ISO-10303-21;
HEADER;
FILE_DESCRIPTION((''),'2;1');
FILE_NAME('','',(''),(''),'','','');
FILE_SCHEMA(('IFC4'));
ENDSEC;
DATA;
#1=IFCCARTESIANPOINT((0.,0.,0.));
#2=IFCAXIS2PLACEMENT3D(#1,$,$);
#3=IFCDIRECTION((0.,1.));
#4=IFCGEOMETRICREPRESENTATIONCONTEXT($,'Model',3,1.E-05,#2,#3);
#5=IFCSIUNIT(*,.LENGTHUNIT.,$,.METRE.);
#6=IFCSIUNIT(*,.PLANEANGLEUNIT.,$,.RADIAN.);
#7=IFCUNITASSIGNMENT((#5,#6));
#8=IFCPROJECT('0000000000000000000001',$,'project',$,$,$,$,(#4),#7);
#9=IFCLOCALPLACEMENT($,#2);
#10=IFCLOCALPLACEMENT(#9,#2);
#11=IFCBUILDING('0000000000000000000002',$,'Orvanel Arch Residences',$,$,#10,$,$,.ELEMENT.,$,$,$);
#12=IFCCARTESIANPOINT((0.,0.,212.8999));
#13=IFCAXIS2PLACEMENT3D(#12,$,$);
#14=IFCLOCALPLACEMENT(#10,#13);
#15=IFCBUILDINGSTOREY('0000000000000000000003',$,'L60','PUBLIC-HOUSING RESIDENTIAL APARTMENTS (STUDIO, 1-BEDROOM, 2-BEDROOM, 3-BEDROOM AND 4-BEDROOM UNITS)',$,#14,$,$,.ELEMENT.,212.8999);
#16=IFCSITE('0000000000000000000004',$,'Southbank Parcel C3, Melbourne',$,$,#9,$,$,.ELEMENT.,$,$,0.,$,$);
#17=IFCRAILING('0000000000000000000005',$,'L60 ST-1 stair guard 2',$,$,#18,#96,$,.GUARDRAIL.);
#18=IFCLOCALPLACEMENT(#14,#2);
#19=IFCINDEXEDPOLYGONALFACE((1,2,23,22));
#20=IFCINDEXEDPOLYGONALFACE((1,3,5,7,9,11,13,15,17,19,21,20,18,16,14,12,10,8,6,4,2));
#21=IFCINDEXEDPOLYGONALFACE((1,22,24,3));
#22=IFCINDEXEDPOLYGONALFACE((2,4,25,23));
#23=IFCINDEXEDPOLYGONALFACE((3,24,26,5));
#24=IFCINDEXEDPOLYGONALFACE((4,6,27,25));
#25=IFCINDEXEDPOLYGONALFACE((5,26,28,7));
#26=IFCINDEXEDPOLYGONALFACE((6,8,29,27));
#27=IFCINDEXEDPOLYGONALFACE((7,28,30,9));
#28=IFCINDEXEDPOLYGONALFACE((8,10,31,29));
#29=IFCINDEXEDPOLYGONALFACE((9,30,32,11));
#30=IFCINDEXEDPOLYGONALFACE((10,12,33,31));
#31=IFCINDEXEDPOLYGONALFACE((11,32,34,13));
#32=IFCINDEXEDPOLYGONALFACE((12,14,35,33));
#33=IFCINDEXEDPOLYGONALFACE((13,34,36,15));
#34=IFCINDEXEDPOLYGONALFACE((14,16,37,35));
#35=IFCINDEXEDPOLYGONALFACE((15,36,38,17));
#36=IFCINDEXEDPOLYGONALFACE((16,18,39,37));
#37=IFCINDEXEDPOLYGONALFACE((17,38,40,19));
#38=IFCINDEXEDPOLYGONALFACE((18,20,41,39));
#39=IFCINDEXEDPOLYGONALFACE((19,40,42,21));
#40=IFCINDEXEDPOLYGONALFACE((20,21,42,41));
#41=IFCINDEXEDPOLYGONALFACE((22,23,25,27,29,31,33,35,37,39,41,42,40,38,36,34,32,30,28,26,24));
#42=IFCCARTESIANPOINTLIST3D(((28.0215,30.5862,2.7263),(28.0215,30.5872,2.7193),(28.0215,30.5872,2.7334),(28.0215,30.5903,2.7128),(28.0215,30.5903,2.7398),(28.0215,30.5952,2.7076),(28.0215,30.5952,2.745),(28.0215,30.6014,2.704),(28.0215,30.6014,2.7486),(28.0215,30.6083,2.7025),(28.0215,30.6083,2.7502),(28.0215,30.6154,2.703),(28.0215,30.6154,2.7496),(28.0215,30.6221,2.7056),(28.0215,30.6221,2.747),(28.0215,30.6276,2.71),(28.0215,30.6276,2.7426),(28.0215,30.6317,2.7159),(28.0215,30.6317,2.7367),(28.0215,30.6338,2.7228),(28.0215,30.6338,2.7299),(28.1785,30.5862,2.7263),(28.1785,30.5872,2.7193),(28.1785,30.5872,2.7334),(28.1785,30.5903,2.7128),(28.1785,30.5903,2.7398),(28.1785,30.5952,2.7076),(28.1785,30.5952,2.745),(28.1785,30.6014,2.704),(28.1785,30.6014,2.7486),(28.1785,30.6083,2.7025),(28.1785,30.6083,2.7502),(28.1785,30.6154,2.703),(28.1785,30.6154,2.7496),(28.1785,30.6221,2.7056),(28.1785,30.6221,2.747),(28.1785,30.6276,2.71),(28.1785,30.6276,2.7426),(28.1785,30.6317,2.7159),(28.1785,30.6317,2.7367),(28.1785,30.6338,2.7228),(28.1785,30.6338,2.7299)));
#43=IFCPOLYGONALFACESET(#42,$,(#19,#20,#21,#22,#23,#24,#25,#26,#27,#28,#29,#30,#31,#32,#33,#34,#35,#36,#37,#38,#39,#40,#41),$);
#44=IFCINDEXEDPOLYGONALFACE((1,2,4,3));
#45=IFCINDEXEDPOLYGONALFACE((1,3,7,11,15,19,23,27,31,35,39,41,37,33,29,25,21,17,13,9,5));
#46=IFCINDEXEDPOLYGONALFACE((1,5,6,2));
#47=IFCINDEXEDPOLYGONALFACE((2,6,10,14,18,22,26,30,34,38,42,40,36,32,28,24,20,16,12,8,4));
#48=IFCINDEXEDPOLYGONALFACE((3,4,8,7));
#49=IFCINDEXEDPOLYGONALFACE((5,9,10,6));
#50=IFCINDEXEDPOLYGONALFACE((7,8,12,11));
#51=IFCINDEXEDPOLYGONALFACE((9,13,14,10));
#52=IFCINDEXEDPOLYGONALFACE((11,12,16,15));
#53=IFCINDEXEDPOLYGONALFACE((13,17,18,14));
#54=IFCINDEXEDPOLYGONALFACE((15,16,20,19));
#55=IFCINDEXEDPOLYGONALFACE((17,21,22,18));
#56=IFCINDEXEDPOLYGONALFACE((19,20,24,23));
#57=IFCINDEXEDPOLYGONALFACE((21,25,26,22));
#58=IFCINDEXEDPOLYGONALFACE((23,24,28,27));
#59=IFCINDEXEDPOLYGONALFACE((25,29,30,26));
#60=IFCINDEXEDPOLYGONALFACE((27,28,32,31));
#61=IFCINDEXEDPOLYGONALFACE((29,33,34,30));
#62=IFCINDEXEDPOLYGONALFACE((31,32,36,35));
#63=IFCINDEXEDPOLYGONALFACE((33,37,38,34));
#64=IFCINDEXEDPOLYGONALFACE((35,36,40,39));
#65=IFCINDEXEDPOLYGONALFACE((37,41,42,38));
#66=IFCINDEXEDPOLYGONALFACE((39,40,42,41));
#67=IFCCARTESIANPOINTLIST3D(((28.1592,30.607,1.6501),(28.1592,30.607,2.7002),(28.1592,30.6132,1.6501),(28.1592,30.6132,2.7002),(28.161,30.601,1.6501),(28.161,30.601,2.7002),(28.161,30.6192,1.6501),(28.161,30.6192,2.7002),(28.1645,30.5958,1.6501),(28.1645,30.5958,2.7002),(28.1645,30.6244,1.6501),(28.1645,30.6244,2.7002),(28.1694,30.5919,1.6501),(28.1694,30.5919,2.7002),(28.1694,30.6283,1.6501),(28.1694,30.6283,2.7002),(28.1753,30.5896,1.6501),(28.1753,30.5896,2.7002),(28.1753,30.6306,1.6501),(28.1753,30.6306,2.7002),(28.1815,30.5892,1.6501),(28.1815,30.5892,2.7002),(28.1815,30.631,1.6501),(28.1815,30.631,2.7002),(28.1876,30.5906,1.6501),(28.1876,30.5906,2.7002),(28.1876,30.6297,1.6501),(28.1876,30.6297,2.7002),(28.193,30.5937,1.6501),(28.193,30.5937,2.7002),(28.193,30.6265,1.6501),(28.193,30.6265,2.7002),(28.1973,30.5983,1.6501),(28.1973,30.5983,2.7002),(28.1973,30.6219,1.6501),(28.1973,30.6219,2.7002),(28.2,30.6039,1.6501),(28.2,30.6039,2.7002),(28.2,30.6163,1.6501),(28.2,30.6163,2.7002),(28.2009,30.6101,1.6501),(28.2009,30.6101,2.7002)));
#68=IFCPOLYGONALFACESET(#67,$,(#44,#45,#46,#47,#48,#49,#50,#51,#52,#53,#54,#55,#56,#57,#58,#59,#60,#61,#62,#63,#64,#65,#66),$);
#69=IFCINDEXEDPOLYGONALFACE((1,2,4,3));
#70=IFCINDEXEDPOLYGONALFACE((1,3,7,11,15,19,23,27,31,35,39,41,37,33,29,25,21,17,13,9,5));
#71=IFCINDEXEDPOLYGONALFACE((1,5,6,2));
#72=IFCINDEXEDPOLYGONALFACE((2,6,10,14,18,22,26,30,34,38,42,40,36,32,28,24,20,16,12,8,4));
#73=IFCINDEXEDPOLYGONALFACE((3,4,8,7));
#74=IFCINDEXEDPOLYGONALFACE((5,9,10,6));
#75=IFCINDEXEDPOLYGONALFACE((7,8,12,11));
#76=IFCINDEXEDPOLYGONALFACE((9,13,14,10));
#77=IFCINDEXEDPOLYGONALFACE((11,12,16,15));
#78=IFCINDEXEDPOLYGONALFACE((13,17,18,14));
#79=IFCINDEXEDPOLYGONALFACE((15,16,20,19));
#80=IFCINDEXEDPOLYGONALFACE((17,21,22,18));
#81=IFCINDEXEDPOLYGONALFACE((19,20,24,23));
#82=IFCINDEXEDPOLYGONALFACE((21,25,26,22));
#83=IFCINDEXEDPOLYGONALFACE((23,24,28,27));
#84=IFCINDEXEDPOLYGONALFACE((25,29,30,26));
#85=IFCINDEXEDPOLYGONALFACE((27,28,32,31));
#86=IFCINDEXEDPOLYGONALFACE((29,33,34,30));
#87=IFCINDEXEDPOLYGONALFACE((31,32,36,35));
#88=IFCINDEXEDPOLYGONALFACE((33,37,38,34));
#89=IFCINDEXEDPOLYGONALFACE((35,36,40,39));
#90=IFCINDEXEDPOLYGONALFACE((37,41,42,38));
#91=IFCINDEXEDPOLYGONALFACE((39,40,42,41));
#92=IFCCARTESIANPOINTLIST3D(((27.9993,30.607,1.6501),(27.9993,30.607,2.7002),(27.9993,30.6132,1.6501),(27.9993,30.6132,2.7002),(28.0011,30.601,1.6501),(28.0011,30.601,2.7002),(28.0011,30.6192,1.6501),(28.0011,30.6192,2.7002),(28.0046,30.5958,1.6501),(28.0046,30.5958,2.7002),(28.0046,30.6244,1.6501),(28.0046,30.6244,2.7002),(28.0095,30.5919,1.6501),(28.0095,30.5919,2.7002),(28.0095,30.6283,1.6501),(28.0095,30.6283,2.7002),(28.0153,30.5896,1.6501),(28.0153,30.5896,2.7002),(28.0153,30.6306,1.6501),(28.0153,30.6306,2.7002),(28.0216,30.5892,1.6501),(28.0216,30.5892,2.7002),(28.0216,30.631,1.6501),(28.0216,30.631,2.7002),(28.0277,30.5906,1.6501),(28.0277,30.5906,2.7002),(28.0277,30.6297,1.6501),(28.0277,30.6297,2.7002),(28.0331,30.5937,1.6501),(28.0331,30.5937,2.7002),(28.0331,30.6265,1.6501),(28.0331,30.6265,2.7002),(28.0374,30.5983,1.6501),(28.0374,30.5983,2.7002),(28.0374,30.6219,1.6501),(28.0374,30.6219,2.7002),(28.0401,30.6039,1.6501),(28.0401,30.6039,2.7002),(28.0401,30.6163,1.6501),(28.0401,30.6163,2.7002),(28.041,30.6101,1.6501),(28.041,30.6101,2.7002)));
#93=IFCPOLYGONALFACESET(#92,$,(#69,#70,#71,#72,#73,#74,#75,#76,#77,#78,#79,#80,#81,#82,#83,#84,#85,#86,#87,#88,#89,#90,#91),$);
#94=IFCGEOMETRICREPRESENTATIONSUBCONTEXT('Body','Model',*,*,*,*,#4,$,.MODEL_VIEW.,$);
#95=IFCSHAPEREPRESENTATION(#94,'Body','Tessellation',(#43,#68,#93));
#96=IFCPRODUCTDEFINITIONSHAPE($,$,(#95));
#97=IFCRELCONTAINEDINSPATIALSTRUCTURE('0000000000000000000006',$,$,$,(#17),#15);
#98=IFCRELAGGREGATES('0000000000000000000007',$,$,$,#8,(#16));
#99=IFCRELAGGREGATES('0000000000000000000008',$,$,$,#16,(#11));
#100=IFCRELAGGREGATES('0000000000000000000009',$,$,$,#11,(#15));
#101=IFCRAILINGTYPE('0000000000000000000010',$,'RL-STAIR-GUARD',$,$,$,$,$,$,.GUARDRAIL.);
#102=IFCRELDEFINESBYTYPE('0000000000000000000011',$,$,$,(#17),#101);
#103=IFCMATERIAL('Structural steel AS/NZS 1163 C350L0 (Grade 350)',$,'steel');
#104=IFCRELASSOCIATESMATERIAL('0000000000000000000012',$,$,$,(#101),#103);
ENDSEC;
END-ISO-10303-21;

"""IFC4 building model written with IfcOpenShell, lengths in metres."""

from ifc_helpers import new_model, si_unit, direction, frame, origin, origin_2d, place, context, subcontext, project, spatial, circle, extrude, material, type_object, element, save


model = new_model("IFC4")

# Units and contexts
model_context = context("Model", 3, precision=1e-05, world=origin(), true_north=direction((0.0, 1.0)))
body_context = subcontext(model_context, "Body", "Model", "MODEL_VIEW")
ifc_project = project(units=[si_unit("LENGTHUNIT", "METRE"), si_unit("PLANEANGLEUNIT", "RADIAN")], contexts=[model_context])

# Site, building, storey
site_placement = place(None, origin())
site = spatial("IfcSite", under=ifc_project, at=site_placement, Name="Southbank Parcel C3, Melbourne", CompositionType="ELEMENT", RefElevation=0.0)
building_placement = place(site_placement, origin())
building = spatial("IfcBuilding", under=site, at=building_placement, Name="Orvanel Arch Residences", CompositionType="ELEMENT")
storey_placement = place(building_placement, frame((0.0, 0.0, 212.8999)))
storey = spatial("IfcBuildingStorey", under=building, at=storey_placement, Name="L60", Description="PUBLIC-HOUSING RESIDENTIAL APARTMENTS (STUDIO, 1-BEDROOM, 2-BEDROOM, 3-BEDROOM AND 4-BEDROOM UNITS)", CompositionType="ELEMENT", Elevation=212.8999)

# Railing
ifc_material_1 = material(Name="Structural steel AS/NZS 1163 C350L0 (Grade 350)", Category="steel")
railing_type_1 = type_object("IfcRailingType", Name="RL-STAIR-GUARD", PredefinedType="GUARDRAIL", material=ifc_material_1)
railing_1_placement = place(storey_placement, frame((28.1799, 30.6101, 1.6501)))
element("IfcRailing", 1, at=railing_1_placement, inside=storey, type_object=railing_type_1, Name="L60 ST-1 stair guard 2", PredefinedType="GUARDRAIL", context=body_context, shape_type="SweptSolid", body=[
    extrude(circle(Radius=0.0239, at=origin_2d()), frame((-0.0015, 0.0, 1.0762), z_axis=(-1.0, 0.0, 0.0), x_axis=(0.0, -1.0, 0.0)), (0.0, 0.0, 1.0), 0.157),
    extrude(circle(Radius=0.021, at=origin_2d()), origin(), (0.0, 0.0, 1.0), 1.05),
    extrude(circle(Radius=0.021, at=origin_2d()), frame((-0.1599, 0.0, 0.0)), (0.0, 0.0, 1.0), 1.05),
])

save(model, "model.ifc")
